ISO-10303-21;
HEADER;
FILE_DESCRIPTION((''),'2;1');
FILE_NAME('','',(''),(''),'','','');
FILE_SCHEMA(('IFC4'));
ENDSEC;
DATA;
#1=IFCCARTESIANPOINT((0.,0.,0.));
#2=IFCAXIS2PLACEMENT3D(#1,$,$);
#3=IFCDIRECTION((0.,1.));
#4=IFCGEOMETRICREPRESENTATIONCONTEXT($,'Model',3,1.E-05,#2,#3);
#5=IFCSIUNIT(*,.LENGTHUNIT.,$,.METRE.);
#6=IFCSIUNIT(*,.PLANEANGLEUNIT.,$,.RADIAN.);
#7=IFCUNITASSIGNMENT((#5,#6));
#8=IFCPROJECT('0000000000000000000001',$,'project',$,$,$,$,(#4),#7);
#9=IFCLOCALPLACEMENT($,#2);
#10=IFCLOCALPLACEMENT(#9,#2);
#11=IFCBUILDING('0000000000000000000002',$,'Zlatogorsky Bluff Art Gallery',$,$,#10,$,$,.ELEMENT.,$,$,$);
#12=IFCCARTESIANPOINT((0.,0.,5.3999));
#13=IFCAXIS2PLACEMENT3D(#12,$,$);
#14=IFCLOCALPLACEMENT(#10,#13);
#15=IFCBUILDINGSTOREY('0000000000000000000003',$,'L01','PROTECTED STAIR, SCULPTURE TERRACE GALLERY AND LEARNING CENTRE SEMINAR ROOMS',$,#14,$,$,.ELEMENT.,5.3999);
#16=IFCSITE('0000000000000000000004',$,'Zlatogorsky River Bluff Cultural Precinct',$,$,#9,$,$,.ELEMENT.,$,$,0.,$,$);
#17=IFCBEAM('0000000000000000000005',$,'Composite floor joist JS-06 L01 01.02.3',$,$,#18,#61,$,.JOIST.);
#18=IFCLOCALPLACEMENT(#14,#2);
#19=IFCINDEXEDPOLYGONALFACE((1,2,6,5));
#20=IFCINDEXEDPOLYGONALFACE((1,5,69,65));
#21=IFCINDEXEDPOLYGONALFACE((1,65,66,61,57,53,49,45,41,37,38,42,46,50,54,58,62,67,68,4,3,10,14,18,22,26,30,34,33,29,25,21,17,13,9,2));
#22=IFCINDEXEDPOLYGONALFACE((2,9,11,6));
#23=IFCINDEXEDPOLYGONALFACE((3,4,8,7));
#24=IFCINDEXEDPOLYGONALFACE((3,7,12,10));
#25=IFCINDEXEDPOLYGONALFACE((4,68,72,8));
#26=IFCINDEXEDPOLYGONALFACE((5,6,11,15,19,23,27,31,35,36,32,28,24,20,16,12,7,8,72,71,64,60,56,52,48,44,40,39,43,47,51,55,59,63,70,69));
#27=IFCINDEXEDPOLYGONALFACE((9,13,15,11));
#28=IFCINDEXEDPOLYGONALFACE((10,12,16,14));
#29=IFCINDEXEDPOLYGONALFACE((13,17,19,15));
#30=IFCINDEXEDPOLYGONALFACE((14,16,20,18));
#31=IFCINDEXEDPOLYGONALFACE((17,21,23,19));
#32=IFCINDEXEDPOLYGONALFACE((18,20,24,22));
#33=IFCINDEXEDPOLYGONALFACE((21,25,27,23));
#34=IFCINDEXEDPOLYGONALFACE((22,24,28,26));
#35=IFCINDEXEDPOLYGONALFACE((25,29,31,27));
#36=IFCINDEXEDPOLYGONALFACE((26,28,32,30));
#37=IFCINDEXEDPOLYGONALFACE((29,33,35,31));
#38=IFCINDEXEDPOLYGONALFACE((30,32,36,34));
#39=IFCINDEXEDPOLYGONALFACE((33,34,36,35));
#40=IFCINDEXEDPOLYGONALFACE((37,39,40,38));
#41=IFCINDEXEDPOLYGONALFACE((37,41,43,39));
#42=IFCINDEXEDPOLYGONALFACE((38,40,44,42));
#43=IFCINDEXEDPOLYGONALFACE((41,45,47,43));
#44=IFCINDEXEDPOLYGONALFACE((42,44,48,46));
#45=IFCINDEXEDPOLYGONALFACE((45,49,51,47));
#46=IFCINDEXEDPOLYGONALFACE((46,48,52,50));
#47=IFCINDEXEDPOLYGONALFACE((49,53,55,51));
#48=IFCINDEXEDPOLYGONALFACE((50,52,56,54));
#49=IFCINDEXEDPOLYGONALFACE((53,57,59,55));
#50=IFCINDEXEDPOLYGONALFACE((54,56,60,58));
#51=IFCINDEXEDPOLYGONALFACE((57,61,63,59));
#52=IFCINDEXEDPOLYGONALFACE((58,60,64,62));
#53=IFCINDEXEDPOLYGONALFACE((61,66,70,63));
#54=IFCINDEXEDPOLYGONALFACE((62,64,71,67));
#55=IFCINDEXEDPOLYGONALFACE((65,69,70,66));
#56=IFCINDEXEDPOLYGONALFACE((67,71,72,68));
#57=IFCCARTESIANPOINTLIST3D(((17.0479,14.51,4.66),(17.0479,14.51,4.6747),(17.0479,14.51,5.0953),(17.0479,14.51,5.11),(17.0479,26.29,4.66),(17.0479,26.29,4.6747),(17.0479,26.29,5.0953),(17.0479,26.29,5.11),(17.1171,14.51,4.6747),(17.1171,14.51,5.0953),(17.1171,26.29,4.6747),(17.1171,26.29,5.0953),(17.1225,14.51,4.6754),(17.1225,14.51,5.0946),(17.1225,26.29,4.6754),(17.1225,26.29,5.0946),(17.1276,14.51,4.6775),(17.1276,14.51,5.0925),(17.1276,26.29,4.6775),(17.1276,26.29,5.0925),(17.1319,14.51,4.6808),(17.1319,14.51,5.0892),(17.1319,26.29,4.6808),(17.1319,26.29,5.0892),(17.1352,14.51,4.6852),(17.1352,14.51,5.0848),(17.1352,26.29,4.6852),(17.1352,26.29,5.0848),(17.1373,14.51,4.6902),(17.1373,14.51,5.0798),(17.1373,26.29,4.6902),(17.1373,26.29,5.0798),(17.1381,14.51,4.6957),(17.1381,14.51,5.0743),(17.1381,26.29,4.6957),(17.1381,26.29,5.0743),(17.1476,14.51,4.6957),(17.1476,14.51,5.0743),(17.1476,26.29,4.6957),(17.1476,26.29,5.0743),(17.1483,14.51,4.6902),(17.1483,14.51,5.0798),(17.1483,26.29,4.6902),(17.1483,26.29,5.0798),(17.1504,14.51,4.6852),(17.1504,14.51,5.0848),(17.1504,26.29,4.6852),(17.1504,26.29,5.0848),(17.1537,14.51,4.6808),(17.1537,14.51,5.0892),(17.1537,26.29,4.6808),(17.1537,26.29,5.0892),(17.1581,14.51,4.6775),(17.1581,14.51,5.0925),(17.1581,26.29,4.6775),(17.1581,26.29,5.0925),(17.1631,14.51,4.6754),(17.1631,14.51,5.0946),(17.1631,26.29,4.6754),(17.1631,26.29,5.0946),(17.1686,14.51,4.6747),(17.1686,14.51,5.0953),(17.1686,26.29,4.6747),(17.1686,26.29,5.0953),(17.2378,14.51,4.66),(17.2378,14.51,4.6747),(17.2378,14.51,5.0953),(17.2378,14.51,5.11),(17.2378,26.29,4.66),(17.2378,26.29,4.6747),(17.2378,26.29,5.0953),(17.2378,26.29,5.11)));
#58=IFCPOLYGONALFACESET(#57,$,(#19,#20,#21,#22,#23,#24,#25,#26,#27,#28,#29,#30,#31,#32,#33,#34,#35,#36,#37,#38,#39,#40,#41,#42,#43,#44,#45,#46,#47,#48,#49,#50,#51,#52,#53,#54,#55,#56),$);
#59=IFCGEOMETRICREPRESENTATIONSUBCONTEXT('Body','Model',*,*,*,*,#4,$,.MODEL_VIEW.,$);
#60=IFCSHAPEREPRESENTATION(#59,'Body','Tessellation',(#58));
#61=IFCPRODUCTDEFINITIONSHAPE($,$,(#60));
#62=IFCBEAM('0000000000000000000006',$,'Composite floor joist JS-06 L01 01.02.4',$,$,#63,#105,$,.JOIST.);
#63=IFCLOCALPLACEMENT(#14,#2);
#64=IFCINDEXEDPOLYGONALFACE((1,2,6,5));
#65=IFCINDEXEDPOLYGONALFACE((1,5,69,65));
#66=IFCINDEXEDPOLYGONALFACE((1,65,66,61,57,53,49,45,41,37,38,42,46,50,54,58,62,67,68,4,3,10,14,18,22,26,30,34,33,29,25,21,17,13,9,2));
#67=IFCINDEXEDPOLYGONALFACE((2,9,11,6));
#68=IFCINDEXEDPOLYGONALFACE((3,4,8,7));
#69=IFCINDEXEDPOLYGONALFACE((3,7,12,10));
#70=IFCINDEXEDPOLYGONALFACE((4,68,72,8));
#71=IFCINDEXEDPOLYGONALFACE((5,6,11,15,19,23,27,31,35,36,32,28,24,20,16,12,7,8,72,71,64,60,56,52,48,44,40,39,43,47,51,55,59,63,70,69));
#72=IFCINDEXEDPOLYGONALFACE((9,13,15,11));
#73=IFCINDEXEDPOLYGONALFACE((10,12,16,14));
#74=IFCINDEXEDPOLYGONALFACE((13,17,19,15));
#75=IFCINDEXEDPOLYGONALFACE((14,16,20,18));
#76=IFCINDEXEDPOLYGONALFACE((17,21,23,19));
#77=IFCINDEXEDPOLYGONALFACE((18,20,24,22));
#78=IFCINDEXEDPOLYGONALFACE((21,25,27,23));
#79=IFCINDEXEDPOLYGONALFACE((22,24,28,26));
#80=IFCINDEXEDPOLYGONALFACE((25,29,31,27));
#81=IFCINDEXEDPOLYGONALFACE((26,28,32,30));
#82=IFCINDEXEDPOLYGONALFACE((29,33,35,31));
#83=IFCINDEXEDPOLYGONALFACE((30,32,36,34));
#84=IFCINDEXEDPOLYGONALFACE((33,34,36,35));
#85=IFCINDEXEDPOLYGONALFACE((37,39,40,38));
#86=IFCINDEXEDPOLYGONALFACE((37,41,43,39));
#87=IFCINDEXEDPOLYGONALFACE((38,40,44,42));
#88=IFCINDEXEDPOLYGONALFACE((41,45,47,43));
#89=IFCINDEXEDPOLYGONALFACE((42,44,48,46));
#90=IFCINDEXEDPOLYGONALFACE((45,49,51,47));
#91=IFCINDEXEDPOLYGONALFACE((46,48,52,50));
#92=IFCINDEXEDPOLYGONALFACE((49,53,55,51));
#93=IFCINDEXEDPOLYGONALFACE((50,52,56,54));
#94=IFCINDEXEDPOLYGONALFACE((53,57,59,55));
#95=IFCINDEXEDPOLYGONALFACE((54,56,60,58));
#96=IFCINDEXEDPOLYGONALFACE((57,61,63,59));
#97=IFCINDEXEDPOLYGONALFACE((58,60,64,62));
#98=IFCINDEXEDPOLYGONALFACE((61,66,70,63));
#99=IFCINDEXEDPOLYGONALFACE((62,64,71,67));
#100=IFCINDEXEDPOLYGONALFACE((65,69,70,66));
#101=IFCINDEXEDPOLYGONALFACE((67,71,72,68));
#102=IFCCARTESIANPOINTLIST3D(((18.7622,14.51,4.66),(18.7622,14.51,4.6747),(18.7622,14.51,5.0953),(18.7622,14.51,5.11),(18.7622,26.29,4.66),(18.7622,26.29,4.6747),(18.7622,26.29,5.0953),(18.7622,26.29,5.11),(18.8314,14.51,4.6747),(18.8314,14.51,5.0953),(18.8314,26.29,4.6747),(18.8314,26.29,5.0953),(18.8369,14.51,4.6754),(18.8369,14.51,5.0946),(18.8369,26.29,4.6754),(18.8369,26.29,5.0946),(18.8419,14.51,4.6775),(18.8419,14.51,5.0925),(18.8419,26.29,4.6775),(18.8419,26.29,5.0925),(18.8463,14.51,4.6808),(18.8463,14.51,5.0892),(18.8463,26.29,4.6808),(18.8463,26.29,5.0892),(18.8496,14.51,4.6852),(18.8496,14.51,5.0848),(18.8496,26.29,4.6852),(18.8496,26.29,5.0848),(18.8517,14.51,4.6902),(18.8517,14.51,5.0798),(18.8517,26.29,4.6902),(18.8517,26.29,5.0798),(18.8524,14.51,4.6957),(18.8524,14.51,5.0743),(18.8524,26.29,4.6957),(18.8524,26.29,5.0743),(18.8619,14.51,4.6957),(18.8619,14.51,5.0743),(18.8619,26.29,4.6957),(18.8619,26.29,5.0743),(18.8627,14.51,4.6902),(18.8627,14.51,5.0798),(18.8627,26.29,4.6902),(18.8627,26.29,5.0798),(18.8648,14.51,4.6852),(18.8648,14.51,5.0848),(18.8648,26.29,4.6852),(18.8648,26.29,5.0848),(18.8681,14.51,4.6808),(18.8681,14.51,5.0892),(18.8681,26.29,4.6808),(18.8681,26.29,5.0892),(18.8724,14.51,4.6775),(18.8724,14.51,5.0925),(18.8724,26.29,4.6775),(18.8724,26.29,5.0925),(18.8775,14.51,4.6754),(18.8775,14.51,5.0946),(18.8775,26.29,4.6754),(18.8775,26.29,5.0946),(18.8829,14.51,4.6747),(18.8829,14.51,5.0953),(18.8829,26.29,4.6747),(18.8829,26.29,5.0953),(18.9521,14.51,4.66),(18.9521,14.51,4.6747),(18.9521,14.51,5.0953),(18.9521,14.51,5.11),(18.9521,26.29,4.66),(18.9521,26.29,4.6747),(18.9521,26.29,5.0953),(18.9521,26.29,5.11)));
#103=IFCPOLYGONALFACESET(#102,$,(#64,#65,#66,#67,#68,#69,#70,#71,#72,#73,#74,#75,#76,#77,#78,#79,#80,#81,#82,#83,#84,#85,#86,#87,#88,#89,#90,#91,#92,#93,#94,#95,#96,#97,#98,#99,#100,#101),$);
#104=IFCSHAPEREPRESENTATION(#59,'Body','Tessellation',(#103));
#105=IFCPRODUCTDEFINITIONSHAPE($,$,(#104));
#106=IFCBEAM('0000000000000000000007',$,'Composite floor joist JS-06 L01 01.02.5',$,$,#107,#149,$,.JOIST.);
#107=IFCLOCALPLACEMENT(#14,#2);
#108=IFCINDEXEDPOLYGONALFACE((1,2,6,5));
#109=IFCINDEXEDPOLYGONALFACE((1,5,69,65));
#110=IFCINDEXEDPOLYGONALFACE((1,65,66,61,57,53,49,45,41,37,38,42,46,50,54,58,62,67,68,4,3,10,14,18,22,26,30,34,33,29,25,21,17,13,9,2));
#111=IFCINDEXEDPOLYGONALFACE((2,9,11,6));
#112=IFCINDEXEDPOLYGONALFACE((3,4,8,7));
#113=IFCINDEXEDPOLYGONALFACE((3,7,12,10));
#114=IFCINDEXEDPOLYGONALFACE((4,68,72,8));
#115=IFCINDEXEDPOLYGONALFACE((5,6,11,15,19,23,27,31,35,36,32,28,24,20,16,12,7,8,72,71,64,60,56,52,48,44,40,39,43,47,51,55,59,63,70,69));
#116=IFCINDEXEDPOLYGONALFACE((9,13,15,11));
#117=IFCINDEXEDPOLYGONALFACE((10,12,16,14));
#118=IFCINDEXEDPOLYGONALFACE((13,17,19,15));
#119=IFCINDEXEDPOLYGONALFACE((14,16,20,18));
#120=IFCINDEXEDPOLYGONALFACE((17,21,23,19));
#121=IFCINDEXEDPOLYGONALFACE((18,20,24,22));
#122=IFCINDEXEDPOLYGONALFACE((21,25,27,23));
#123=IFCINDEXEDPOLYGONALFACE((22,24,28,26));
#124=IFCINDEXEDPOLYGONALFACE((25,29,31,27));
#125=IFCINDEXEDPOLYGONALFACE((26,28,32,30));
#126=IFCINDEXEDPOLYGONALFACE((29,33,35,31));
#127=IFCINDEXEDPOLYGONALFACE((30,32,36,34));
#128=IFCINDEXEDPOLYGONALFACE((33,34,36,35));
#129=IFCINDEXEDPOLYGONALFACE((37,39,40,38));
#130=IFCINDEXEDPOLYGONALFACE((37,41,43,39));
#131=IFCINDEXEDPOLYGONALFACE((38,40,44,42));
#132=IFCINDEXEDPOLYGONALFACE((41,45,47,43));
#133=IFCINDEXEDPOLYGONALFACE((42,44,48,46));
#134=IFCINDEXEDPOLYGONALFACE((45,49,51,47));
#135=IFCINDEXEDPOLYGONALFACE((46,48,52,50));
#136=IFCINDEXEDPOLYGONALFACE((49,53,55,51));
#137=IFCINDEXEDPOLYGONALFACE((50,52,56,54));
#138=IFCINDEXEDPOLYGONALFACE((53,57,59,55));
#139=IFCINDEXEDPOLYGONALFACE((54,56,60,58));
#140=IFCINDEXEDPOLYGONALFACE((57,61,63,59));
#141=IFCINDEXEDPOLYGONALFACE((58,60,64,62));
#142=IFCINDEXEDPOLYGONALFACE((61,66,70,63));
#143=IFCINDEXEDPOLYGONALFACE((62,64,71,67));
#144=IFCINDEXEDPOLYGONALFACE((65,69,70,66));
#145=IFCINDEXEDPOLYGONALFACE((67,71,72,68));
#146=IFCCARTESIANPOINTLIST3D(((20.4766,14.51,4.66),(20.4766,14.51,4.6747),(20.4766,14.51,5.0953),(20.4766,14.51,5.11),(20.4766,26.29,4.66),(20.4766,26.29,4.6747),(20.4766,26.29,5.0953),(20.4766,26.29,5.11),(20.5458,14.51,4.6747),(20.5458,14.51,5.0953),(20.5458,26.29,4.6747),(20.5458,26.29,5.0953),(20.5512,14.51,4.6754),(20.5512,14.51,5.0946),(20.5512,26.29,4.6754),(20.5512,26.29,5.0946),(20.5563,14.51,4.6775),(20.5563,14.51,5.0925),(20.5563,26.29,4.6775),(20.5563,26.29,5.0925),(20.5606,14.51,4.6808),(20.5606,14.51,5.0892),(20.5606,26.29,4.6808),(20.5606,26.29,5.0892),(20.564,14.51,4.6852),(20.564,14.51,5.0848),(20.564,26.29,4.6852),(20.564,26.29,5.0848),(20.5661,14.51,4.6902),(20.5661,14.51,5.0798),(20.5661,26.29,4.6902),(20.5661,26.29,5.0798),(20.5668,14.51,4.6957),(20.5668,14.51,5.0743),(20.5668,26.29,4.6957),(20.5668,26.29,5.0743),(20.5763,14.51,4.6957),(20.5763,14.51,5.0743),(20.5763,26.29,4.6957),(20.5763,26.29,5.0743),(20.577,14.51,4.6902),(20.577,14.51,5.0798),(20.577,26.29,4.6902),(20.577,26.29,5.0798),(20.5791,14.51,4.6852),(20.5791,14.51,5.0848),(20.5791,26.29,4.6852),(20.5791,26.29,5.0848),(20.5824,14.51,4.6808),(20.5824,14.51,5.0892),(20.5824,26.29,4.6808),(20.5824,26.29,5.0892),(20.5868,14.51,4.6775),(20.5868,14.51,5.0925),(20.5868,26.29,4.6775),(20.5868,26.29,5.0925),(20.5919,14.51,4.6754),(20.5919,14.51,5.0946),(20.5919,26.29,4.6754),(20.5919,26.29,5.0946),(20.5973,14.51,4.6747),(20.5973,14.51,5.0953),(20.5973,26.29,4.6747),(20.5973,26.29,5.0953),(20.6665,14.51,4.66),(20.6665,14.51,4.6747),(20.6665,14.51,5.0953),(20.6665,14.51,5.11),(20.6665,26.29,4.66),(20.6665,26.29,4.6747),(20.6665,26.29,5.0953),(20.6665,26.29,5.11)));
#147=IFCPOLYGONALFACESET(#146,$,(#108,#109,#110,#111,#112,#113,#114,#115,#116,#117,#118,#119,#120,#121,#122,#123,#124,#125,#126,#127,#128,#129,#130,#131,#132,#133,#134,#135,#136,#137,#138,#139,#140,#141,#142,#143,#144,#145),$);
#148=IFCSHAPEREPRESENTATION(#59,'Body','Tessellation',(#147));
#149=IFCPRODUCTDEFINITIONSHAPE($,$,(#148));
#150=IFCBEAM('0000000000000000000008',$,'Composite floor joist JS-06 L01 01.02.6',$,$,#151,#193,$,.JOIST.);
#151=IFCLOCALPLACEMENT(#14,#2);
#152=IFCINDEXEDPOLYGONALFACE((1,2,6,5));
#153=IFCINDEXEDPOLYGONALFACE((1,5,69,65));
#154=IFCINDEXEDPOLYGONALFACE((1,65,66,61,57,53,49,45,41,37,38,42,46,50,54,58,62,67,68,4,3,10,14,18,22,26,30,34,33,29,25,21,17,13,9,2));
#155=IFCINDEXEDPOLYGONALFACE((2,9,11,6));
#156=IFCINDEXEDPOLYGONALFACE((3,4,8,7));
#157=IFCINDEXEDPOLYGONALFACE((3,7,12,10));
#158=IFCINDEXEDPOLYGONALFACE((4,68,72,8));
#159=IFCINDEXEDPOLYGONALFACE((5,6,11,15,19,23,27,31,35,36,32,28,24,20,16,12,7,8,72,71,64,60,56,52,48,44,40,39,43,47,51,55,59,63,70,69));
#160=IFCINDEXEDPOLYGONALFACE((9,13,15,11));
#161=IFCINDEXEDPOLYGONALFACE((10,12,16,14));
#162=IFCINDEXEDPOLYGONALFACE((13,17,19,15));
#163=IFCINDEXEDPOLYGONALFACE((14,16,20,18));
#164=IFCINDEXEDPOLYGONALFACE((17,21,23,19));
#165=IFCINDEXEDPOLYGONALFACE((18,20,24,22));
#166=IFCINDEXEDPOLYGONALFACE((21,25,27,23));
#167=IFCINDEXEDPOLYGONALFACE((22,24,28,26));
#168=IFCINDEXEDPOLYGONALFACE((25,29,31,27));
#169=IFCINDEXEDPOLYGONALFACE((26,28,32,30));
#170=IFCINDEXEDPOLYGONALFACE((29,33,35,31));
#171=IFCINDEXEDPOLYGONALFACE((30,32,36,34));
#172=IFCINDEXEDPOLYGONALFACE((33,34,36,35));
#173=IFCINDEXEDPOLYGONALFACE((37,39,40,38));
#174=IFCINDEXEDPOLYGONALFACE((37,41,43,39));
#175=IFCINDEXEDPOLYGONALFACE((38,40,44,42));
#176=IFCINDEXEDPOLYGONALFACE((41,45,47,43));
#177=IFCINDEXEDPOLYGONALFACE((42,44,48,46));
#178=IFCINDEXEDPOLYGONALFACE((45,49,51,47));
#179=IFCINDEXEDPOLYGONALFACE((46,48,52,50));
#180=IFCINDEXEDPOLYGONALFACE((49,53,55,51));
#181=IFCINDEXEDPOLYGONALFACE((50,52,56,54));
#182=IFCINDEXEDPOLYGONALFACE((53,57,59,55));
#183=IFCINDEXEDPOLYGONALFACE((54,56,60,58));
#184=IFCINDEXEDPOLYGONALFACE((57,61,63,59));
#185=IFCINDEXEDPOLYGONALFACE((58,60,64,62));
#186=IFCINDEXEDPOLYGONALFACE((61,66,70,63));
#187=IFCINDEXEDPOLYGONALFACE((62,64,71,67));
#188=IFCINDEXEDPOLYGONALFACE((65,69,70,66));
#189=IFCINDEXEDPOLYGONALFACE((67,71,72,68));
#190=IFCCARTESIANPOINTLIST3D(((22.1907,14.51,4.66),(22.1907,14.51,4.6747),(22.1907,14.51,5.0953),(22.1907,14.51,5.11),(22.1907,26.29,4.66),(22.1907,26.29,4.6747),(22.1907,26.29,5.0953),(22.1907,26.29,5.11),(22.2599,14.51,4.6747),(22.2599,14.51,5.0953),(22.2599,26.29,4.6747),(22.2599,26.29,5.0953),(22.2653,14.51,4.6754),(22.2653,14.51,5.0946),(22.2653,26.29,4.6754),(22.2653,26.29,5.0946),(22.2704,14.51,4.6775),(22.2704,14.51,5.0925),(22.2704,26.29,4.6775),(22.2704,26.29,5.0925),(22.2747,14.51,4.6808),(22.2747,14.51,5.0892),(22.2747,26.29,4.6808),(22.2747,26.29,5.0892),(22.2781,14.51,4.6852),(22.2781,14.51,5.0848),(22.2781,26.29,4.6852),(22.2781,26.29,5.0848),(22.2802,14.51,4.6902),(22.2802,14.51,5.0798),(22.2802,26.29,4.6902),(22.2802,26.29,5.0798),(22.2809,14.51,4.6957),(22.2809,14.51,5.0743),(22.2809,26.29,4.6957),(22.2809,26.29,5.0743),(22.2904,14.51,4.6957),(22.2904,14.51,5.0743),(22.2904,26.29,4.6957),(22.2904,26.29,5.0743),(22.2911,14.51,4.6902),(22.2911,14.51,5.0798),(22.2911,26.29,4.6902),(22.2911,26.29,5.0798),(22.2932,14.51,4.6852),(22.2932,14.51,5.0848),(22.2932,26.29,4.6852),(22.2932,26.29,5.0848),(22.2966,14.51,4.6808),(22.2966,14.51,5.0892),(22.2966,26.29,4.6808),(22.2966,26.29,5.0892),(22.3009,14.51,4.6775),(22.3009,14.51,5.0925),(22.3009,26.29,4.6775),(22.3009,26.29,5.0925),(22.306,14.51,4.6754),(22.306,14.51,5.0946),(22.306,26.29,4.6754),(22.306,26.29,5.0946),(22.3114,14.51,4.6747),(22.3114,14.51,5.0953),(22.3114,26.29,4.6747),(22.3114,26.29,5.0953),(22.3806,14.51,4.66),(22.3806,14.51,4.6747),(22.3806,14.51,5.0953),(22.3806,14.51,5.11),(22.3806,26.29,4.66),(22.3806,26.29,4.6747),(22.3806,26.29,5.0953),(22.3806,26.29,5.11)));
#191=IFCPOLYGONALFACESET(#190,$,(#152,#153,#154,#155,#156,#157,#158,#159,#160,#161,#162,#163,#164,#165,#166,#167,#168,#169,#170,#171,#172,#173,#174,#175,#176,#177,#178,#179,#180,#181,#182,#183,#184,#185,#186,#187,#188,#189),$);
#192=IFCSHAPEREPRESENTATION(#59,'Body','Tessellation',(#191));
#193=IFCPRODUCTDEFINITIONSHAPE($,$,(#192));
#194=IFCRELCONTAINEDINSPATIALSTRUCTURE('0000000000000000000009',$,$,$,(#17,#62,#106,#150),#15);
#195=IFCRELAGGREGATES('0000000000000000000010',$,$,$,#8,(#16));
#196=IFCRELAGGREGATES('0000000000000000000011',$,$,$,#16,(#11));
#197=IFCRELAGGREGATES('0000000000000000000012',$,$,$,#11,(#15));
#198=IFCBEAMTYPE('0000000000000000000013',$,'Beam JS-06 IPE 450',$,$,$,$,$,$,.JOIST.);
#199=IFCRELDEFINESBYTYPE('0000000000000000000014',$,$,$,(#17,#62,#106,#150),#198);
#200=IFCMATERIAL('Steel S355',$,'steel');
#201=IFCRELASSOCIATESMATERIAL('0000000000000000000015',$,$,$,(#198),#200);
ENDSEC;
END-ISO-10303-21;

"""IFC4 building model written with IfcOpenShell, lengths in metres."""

from ifc_helpers import new_model, si_unit, direction, frame, origin, origin_2d, place, context, subcontext, project, spatial, i_section, extrude, material, material_profile, profile_set, type_object, element, save


model = new_model("IFC4")

# Units and contexts
model_context = context("Model", 3, precision=1e-05, world=origin(), true_north=direction((0.0, 1.0)))
body_context = subcontext(model_context, "Body", "Model", "MODEL_VIEW")
ifc_project = project(units=[si_unit("LENGTHUNIT", "METRE"), si_unit("PLANEANGLEUNIT", "RADIAN")], contexts=[model_context])

# Site, building, storey
site_placement = place(None, origin())
site = spatial("IfcSite", under=ifc_project, at=site_placement, Name="Zlatogorsky River Bluff Cultural Precinct", CompositionType="ELEMENT", RefElevation=0.0)
building_placement = place(site_placement, origin())
building = spatial("IfcBuilding", under=site, at=building_placement, Name="Zlatogorsky Bluff Art Gallery", CompositionType="ELEMENT")
storey_placement = place(building_placement, frame((0.0, 0.0, 5.3999)))
storey = spatial("IfcBuildingStorey", under=building, at=storey_placement, Name="L01", Description="PROTECTED STAIR, SCULPTURE TERRACE GALLERY AND LEARNING CENTRE SEMINAR ROOMS", CompositionType="ELEMENT", Elevation=5.3999)

# Shared definitions
ifc_material_1 = material(Name="Steel S355", Category="steel")

# Beams
ifc_material_profile_1 = material_profile(ifc_material_1, i_section(OverallWidth=0.1899, OverallDepth=0.45, WebThickness=0.0095, FlangeThickness=0.0146, FilletRadius=0.021, at=origin_2d()), Name="IPE 450")
ifc_profile_set_1 = profile_set([ifc_material_profile_1], Name="Steel S355")
beam_type_1 = type_object("IfcBeamType", Name="Beam JS-06 IPE 450", PredefinedType="JOIST", material=ifc_profile_set_1)
for number, where, z_axis, x_axis, name in (
    (1, (17.1428, 14.51, 4.885), (0.0, 1.0, 0.0), (-1.0, 0.0, 0.0), "Composite floor joist JS-06 L01 01.02.3"),
    (2, (18.8572, 14.51, 4.885), (0.0, 1.0, 0.0), (-1.0, 0.0, 0.0), "Composite floor joist JS-06 L01 01.02.4"),
    (3, (20.5715, 14.51, 4.885), (0.0, 1.0, 0.0), (-1.0, 0.0, 0.0), "Composite floor joist JS-06 L01 01.02.5"),
    (4, (22.2856, 14.51, 4.885), (0.0, 1.0, 0.0), (-1.0, 0.0, 0.0), "Composite floor joist JS-06 L01 01.02.6"),
):
    element("IfcBeam", number, at=place(storey_placement, frame(where, z_axis=z_axis, x_axis=x_axis)), inside=storey, type_object=beam_type_1, Name=name, PredefinedType="JOIST", context=body_context, shape_type="SweptSolid", body=[
        extrude(i_section(OverallWidth=0.1899, OverallDepth=0.45, WebThickness=0.0095, FlangeThickness=0.0146, FilletRadius=0.021, at=origin_2d()), origin(), (0.0, 0.0, 1.0), 11.78),
    ])

save(model, "model.ifc")
